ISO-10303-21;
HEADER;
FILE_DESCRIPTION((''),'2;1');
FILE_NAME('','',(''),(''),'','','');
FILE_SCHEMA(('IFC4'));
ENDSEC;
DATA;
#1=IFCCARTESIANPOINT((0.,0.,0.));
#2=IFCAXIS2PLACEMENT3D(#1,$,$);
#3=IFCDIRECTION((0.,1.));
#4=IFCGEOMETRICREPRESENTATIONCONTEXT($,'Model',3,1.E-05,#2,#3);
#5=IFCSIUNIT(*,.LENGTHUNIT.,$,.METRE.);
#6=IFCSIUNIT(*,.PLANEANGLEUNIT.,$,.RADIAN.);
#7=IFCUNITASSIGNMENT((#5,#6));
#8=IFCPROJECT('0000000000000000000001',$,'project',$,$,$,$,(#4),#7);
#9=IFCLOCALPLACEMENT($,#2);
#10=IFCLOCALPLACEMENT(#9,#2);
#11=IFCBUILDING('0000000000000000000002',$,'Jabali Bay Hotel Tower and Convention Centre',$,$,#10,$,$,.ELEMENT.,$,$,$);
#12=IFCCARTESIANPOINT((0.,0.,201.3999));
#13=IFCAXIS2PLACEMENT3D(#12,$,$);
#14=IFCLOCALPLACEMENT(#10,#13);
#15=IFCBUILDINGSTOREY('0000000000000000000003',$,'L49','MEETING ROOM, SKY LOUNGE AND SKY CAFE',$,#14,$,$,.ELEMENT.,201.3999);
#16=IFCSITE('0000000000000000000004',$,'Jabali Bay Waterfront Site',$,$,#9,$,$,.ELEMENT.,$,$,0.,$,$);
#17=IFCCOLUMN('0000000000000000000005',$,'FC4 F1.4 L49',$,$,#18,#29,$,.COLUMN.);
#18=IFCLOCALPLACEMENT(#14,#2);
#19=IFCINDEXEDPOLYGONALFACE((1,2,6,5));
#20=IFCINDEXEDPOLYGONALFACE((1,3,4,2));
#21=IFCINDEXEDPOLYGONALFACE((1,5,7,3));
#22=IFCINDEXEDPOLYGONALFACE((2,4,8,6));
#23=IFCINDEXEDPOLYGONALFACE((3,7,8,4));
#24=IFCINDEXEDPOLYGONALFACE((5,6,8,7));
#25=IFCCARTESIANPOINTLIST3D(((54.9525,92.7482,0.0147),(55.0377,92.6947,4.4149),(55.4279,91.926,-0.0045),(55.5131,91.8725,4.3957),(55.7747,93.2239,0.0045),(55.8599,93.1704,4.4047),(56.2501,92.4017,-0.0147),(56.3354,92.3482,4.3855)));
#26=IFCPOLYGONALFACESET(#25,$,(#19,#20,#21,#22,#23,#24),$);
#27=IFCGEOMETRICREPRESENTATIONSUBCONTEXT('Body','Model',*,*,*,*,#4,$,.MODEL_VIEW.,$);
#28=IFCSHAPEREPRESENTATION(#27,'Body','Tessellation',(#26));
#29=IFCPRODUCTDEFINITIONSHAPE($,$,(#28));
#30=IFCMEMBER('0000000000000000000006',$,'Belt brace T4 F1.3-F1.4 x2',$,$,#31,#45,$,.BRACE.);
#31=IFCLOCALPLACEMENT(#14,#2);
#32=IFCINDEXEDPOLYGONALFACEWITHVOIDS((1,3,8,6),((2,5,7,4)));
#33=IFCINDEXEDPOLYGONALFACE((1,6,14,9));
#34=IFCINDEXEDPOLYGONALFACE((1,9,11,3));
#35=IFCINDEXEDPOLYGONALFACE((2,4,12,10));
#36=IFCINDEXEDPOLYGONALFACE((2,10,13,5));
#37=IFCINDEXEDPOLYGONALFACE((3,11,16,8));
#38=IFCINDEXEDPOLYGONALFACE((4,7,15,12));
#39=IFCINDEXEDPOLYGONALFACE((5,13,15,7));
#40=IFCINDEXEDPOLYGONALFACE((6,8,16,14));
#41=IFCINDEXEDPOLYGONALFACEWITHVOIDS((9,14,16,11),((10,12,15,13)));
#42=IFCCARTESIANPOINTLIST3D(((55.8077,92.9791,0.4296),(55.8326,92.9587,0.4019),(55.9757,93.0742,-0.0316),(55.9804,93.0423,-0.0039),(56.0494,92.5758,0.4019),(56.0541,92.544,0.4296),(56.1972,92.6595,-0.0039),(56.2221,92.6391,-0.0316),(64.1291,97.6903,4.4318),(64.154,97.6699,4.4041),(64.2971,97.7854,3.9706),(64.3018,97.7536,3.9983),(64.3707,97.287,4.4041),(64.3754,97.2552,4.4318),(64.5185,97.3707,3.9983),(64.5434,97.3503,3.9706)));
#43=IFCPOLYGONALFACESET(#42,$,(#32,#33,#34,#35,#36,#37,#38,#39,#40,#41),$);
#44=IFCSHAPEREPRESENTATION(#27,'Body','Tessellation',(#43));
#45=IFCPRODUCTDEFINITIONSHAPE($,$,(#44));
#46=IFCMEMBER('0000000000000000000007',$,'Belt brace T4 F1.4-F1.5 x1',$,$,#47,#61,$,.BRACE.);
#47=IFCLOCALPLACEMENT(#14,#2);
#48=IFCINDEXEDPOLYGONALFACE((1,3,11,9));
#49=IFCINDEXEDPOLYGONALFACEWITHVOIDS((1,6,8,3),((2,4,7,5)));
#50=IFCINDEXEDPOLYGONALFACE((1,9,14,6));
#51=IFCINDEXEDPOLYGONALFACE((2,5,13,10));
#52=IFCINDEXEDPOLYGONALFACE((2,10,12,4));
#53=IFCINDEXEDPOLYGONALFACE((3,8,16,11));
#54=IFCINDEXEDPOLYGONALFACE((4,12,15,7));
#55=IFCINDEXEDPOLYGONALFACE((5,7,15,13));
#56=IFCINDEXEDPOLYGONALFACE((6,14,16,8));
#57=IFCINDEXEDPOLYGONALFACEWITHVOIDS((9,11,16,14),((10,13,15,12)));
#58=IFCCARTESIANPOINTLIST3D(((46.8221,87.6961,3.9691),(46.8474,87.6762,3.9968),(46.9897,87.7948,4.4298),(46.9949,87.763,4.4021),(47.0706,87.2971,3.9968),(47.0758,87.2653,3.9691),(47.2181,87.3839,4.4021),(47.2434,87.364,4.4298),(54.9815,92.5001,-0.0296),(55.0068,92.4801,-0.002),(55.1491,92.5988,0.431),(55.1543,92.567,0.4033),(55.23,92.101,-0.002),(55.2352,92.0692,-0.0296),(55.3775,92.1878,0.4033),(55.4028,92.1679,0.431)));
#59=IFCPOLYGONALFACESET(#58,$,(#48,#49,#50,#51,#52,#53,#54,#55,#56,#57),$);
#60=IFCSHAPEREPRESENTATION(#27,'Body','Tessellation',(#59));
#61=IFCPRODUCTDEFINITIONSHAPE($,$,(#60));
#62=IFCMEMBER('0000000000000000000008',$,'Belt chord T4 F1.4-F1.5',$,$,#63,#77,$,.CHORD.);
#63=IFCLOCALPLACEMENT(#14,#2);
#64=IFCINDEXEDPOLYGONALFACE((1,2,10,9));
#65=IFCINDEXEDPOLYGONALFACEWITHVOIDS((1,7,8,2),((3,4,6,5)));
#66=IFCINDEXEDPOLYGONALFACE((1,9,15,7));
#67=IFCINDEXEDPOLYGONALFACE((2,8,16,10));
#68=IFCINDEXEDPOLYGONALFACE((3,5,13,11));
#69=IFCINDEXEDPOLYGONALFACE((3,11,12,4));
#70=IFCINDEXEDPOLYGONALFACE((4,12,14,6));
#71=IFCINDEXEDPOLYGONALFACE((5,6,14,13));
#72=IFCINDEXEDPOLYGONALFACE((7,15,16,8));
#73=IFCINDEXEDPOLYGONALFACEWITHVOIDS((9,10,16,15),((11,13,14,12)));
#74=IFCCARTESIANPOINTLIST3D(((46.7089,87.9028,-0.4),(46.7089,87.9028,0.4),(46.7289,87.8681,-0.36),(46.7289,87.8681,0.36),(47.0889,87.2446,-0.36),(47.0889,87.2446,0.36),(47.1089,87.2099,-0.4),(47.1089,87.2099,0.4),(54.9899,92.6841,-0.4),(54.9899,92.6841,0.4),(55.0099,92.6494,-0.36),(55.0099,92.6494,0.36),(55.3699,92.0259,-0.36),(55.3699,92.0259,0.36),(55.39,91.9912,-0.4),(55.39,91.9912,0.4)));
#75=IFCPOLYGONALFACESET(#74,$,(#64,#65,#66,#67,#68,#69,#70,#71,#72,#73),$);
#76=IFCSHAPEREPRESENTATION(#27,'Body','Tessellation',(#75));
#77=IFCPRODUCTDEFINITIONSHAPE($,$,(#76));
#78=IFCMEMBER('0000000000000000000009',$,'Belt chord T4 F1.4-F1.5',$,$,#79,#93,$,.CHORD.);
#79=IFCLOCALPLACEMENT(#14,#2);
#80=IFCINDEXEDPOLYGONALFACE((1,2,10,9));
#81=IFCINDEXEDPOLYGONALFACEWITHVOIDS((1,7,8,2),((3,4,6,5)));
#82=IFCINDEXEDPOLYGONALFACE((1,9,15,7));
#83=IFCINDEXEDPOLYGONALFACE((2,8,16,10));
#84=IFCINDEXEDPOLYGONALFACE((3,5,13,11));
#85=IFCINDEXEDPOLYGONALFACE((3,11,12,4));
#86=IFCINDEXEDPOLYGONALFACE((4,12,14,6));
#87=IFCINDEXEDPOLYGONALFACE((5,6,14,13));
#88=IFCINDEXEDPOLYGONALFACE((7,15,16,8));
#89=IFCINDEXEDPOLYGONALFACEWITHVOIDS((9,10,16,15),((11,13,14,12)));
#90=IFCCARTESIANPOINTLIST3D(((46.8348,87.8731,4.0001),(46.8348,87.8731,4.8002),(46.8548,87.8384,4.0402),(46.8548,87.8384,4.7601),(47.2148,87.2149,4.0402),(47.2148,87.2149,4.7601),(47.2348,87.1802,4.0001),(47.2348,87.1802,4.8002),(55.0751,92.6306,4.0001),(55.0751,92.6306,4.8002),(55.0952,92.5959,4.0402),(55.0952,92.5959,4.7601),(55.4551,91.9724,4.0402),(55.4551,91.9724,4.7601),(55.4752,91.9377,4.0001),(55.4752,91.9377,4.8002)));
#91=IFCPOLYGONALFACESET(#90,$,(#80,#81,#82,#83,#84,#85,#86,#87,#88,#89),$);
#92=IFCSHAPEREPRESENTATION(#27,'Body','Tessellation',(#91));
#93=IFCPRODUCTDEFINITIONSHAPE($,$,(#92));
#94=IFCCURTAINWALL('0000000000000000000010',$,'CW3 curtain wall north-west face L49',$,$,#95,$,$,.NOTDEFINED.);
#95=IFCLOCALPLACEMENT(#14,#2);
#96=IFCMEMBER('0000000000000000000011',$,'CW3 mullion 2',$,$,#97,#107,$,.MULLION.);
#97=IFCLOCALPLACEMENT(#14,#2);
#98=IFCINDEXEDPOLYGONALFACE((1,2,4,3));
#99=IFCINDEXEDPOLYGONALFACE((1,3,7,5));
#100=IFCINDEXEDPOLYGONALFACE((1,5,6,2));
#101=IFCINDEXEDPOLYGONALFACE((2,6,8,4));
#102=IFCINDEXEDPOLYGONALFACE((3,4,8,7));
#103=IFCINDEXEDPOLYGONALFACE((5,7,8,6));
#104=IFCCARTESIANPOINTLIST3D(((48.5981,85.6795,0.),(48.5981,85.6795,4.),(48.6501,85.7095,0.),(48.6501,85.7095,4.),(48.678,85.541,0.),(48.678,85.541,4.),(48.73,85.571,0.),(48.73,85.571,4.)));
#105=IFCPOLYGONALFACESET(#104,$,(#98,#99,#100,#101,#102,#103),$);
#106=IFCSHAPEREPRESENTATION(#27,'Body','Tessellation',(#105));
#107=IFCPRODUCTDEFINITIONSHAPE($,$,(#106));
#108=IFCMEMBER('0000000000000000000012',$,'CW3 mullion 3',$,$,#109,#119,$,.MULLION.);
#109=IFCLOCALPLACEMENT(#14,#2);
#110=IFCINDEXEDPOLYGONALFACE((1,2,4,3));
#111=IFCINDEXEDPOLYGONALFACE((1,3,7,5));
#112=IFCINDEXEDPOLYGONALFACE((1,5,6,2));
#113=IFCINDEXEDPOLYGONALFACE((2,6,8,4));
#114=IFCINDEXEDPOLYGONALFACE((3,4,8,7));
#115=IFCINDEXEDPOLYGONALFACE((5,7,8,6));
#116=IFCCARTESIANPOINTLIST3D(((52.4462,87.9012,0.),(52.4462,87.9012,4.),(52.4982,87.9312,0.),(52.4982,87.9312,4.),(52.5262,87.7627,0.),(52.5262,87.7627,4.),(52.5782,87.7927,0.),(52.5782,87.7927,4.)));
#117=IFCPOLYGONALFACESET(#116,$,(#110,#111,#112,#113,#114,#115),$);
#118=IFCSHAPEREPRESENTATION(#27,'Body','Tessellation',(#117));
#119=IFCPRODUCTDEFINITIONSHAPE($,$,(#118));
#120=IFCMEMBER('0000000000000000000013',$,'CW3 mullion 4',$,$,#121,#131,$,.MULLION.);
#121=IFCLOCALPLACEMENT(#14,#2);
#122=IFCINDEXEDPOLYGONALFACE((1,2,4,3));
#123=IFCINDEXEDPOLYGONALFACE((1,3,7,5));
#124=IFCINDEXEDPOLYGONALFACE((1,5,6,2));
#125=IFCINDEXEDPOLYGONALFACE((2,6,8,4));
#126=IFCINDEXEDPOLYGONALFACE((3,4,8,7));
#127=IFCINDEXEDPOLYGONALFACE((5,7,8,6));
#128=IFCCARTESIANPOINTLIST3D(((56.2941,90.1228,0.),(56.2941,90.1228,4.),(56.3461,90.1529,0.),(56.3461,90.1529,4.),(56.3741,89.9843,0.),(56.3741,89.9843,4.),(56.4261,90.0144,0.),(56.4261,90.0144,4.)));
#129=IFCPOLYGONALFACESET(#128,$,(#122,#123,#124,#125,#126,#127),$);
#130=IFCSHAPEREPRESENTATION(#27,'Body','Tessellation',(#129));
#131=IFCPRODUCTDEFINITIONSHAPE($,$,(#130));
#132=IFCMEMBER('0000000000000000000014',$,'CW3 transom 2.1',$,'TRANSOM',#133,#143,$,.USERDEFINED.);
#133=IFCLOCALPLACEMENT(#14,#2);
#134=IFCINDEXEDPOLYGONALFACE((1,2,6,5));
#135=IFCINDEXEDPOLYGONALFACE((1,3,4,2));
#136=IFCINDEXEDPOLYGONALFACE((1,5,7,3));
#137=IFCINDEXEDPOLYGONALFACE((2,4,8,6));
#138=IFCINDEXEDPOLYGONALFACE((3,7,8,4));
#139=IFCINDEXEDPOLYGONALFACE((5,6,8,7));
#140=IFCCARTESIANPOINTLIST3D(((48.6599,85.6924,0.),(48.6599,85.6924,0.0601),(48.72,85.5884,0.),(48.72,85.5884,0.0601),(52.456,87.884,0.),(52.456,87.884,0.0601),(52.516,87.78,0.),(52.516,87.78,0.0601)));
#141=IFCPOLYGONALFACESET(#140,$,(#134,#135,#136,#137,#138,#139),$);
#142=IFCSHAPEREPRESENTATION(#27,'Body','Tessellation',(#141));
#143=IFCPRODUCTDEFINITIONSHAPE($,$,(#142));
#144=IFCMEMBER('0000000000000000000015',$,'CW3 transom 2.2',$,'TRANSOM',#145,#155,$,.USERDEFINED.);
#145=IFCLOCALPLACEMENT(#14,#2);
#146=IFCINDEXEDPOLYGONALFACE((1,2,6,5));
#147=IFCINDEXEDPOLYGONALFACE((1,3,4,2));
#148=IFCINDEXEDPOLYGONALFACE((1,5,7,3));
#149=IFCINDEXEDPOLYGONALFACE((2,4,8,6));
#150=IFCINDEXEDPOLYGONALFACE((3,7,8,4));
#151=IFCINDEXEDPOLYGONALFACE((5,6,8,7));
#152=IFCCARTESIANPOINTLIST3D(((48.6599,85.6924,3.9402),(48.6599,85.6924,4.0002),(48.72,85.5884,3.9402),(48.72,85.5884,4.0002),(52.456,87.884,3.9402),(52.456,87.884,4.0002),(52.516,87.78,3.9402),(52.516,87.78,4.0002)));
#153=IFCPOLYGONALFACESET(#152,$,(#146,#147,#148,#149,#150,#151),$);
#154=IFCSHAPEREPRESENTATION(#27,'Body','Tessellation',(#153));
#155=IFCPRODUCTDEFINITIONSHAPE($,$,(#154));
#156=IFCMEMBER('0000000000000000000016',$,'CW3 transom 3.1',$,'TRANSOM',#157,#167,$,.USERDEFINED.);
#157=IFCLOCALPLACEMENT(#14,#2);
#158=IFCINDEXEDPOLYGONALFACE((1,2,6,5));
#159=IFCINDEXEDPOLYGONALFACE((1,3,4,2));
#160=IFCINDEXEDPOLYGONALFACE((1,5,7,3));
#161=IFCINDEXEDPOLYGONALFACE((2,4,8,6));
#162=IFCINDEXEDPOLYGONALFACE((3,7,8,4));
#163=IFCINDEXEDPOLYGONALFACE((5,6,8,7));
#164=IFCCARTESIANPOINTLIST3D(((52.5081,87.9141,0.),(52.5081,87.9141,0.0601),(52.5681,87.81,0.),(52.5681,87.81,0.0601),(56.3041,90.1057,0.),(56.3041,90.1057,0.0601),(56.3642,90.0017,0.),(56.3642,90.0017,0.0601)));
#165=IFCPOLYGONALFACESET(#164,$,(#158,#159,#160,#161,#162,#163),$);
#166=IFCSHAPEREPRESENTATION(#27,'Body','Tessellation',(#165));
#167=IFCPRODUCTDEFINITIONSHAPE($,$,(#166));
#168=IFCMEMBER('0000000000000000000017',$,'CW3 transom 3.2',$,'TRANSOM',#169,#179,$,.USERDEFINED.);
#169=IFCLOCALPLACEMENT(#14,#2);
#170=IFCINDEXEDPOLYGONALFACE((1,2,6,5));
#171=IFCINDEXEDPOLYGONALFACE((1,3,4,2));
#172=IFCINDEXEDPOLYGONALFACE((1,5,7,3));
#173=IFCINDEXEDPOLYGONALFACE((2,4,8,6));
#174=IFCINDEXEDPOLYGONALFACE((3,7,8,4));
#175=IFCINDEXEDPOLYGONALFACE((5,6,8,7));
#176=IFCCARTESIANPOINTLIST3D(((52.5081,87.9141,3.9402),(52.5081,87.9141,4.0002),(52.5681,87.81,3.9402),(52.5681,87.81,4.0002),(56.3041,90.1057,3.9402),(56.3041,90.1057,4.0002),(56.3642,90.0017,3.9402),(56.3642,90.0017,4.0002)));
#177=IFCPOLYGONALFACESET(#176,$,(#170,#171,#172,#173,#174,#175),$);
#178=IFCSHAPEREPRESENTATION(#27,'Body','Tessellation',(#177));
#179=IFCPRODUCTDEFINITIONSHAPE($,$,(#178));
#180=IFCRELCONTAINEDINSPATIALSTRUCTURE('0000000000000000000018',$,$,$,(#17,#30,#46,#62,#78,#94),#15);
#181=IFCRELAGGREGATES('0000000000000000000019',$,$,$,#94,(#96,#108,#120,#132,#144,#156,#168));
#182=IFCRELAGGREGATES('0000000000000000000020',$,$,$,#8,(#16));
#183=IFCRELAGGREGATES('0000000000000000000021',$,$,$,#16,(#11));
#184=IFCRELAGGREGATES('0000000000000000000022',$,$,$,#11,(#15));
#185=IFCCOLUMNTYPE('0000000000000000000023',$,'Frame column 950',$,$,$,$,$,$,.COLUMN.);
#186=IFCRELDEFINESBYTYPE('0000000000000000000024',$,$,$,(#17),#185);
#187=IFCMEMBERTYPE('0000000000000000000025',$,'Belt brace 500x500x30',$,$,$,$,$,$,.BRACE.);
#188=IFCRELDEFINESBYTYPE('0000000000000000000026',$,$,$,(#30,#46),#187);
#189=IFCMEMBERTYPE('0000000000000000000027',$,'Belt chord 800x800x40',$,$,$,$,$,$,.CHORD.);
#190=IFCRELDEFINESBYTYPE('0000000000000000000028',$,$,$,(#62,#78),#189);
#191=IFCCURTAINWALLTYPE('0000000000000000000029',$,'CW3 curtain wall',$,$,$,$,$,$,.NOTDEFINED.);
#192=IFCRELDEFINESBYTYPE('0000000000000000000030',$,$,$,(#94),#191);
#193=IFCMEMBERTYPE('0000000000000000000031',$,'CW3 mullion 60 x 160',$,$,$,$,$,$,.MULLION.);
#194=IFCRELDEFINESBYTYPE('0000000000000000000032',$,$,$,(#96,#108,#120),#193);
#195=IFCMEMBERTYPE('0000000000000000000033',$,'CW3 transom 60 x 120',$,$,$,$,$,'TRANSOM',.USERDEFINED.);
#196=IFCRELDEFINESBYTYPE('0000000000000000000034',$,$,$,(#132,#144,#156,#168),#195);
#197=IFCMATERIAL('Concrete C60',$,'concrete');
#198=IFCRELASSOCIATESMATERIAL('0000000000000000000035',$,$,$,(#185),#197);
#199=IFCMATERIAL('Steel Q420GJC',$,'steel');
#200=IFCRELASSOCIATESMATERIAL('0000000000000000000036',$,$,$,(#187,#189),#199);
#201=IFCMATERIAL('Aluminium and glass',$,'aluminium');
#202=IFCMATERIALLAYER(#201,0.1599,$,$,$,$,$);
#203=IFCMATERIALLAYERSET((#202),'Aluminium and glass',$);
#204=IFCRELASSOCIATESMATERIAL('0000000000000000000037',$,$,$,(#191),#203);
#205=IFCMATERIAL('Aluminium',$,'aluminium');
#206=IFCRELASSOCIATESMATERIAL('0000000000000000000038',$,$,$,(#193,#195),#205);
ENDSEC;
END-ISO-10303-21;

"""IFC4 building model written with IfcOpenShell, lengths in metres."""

from ifc_helpers import new_model, si_unit, direction, frame, origin, origin_2d, place, context, subcontext, project, spatial, rectangle, hollow_rectangle, extrude, material, layer, layer_set, material_profile, profile_set, type_object, element, aggregate, save


model = new_model("IFC4")

# Units and contexts
model_context = context("Model", 3, precision=1e-05, world=origin(), true_north=direction((0.0, 1.0)))
body_context = subcontext(model_context, "Body", "Model", "MODEL_VIEW")
ifc_project = project(units=[si_unit("LENGTHUNIT", "METRE"), si_unit("PLANEANGLEUNIT", "RADIAN")], contexts=[model_context])

# Site, building, storey
site_placement = place(None, origin())
site = spatial("IfcSite", under=ifc_project, at=site_placement, Name="Jabali Bay Waterfront Site", CompositionType="ELEMENT", RefElevation=0.0)
building_placement = place(site_placement, origin())
building = spatial("IfcBuilding", under=site, at=building_placement, Name="Jabali Bay Hotel Tower and Convention Centre", CompositionType="ELEMENT")
storey_placement = place(building_placement, frame((0.0, 0.0, 201.3999)))
storey = spatial("IfcBuildingStorey", under=building, at=storey_placement, Name="L49", Description="MEETING ROOM, SKY LOUNGE AND SKY CAFE", CompositionType="ELEMENT", Elevation=201.3999)

# Column
ifc_material_1 = material(Name="Concrete C60", Category="concrete")
ifc_material_profile_1 = material_profile(ifc_material_1, rectangle(XDim=0.95, YDim=0.95, at=origin_2d()), Name="Frame column 950")
ifc_profile_set_1 = profile_set([ifc_material_profile_1], Name="Concrete C60")
column_type = type_object("IfcColumnType", Name="Frame column 950", PredefinedType="COLUMN", material=ifc_profile_set_1)
column_placement = place(storey_placement, frame((55.6013, 92.575, 0.0), z_axis=(0.019359, -0.012148, 0.999739), x_axis=(-0.500498, 0.865502, 0.020209)))
element("IfcColumn", 1, at=column_placement, inside=storey, type_object=column_type, Name="FC4 F1.4 L49", PredefinedType="COLUMN", context=body_context, shape_type="SweptSolid", body=[
    extrude(rectangle(XDim=0.95, YDim=0.95, at=origin_2d()), origin(), (0.0, 0.0, 1.0), 4.4014),
])

# Members
ifc_material_2 = material(Name="Steel Q420GJC", Category="steel")
ifc_material_profile_2 = material_profile(ifc_material_2, hollow_rectangle(XDim=0.5, YDim=0.5, WallThickness=0.03, at=origin_2d()), Name="Belt brace 500x500x30")
ifc_profile_set_2 = profile_set([ifc_material_profile_2], Name="Steel Q420GJC")
member_type_1 = type_object("IfcMemberType", Name="Belt brace 500x500x30", PredefinedType="BRACE", material=ifc_profile_set_2)
member_1_placement = place(storey_placement, frame((56.0149, 92.8091, 0.199), z_axis=(0.802738, 0.454478, 0.386084), x_axis=(-0.492679, 0.870211, 0.0)))
element("IfcMember", 2, at=member_1_placement, inside=storey, type_object=member_type_1, Name="Belt brace T4 F1.3-F1.4 x2", PredefinedType="BRACE", context=body_context, shape_type="SweptSolid", body=[
    extrude(hollow_rectangle(XDim=0.5, YDim=0.5, WallThickness=0.03, at=origin_2d()), origin(), (0.0, 0.0, 1.0), 10.3662),
])
member_2_placement = place(storey_placement, frame((55.1921, 92.334, 0.2007), z_axis=(-0.793846, -0.467386, 0.389049), x_axis=(0.507357, -0.861736, 0.0)))
element("IfcMember", 3, at=member_2_placement, inside=storey, type_object=member_type_1, Name="Belt brace T4 F1.4-F1.5 x1", PredefinedType="BRACE", context=body_context, shape_type="SweptSolid", body=[
    extrude(hollow_rectangle(XDim=0.5, YDim=0.5, WallThickness=0.03, at=origin_2d()), origin(), (0.0, 0.0, 1.0), 10.2783),
])
ifc_material_profile_3 = material_profile(ifc_material_2, hollow_rectangle(XDim=0.8, YDim=0.8, WallThickness=0.04, at=origin_2d()), Name="Belt chord 800x800x40")
ifc_profile_set_3 = profile_set([ifc_material_profile_3], Name="Steel Q420GJC")
member_type_2 = type_object("IfcMemberType", Name="Belt chord 800x800x40", PredefinedType="CHORD", material=ifc_profile_set_3)
member_3_placement = place(storey_placement, frame((55.1899, 92.3376, 0.0), z_axis=(-0.866016, -0.500016, 0.0), x_axis=(0.500016, -0.866016, 0.0)))
element("IfcMember", 4, at=member_3_placement, inside=storey, type_object=member_type_2, Name="Belt chord T4 F1.4-F1.5", PredefinedType="CHORD", context=body_context, shape_type="SweptSolid", body=[
    extrude(hollow_rectangle(XDim=0.8, YDim=0.8, WallThickness=0.04, at=origin_2d()), origin(), (0.0, 0.0, 1.0), 9.5623),
])
member_4_placement = place(storey_placement, frame((55.2751, 92.2842, 4.4001), z_axis=(-0.866029, -0.499994, 0.0), x_axis=(0.499994, -0.866029, 0.0)))
element("IfcMember", 5, at=member_4_placement, inside=storey, type_object=member_type_2, Name="Belt chord T4 F1.4-F1.5", PredefinedType="CHORD", context=body_context, shape_type="SweptSolid", body=[
    extrude(hollow_rectangle(XDim=0.8, YDim=0.8, WallThickness=0.04, at=origin_2d()), origin(), (0.0, 0.0, 1.0), 9.5151),
])

# Curtain wall, members
ifc_material_3 = material(Name="Aluminium and glass", Category="aluminium")
ifc_layer_1 = layer(ifc_material_3, 0.1599)
ifc_layer_set_1 = layer_set([ifc_layer_1], Name="Aluminium and glass")
curtain_wall_type = type_object("IfcCurtainWallType", Name="CW3 curtain wall", PredefinedType="NOTDEFINED", material=ifc_layer_set_1)
curtain_wall_placement = place(storey_placement, origin())
curtain_wall = element("IfcCurtainWall", 6, at=curtain_wall_placement, inside=storey, type_object=curtain_wall_type, Name="CW3 curtain wall north-west face L49", PredefinedType="NOTDEFINED")
ifc_material_4 = material(Name="Aluminium", Category="aluminium")
ifc_material_profile_4 = material_profile(ifc_material_4, rectangle(XDim=0.1599, YDim=0.0601, at=origin_2d()), Name="CW3 mullion 60 x 160")
ifc_profile_set_4 = profile_set([ifc_material_profile_4], Name="Aluminium")
member_type_3 = type_object("IfcMemberType", Name="CW3 mullion 60 x 160", PredefinedType="MULLION", material=ifc_profile_set_4)
member_5_placement = place(storey_placement, frame((48.6641, 85.6252, 0.0), z_axis=(0.0, 0.0, 1.0), x_axis=(-0.5, 0.866025, 0.0)))
member_5 = element("IfcMember", 7, at=member_5_placement, type_object=member_type_3, Name="CW3 mullion 2", PredefinedType="MULLION", context=body_context, shape_type="SweptSolid", body=[
    extrude(rectangle(XDim=0.1599, YDim=0.0601, at=origin_2d()), origin(), (0.0, 0.0, 1.0), 4.0),
])
member_6_placement = place(storey_placement, frame((52.5122, 87.8469, 0.0), z_axis=(0.0, 0.0, 1.0), x_axis=(-0.5, 0.866025, 0.0)))
member_6 = element("IfcMember", 8, at=member_6_placement, type_object=member_type_3, Name="CW3 mullion 3", PredefinedType="MULLION", context=body_context, shape_type="SweptSolid", body=[
    extrude(rectangle(XDim=0.1599, YDim=0.0601, at=origin_2d()), origin(), (0.0, 0.0, 1.0), 4.0),
])
member_7_placement = place(storey_placement, frame((56.3601, 90.0686, 0.0), z_axis=(0.0, 0.0, 1.0), x_axis=(-0.5, 0.866025, 0.0)))
member_7 = element("IfcMember", 9, at=member_7_placement, type_object=member_type_3, Name="CW3 mullion 4", PredefinedType="MULLION", context=body_context, shape_type="SweptSolid", body=[
    extrude(rectangle(XDim=0.1599, YDim=0.0601, at=origin_2d()), origin(), (0.0, 0.0, 1.0), 4.0),
])
ifc_material_profile_5 = material_profile(ifc_material_4, rectangle(XDim=0.1201, YDim=0.0601, at=origin_2d()), Name="CW3 transom 60 x 120")
ifc_profile_set_5 = profile_set([ifc_material_profile_5], Name="Aluminium")
member_type_4 = type_object("IfcMemberType", Name="CW3 transom 60 x 120", ElementType="TRANSOM", PredefinedType="USERDEFINED", material=ifc_profile_set_5)
member_8_placement = place(storey_placement, frame((48.6899, 85.6404, 0.03), z_axis=(0.866031, 0.499991, 0.0), x_axis=(-0.499991, 0.866031, 0.0)))
member_8 = element("IfcMember", 10, at=member_8_placement, type_object=member_type_4, Name="CW3 transom 2.1", ObjectType="TRANSOM", PredefinedType="USERDEFINED", context=body_context, shape_type="SweptSolid", body=[
    extrude(rectangle(XDim=0.1201, YDim=0.0601, at=origin_2d()), origin(), (0.0, 0.0, 1.0), 4.3833),
])
member_9_placement = place(storey_placement, frame((48.6899, 85.6404, 3.9702), z_axis=(0.866031, 0.499991, 0.0), x_axis=(-0.499991, 0.866031, 0.0)))
member_9 = element("IfcMember", 11, at=member_9_placement, type_object=member_type_4, Name="CW3 transom 2.2", ObjectType="TRANSOM", PredefinedType="USERDEFINED", context=body_context, shape_type="SweptSolid", body=[
    extrude(rectangle(XDim=0.1201, YDim=0.0601, at=origin_2d()), origin(), (0.0, 0.0, 1.0), 4.3833),
])
member_10_placement = place(storey_placement, frame((52.5381, 87.8621, 0.03), z_axis=(0.866031, 0.499991, 0.0), x_axis=(-0.499991, 0.866031, 0.0)))
member_10 = element("IfcMember", 12, at=member_10_placement, type_object=member_type_4, Name="CW3 transom 3.1", ObjectType="TRANSOM", PredefinedType="USERDEFINED", context=body_context, shape_type="SweptSolid", body=[
    extrude(rectangle(XDim=0.1201, YDim=0.0601, at=origin_2d()), origin(), (0.0, 0.0, 1.0), 4.3833),
])
member_11_placement = place(storey_placement, frame((52.5381, 87.8621, 3.9702), z_axis=(0.866031, 0.499991, 0.0), x_axis=(-0.499991, 0.866031, 0.0)))
member_11 = element("IfcMember", 13, at=member_11_placement, type_object=member_type_4, Name="CW3 transom 3.2", ObjectType="TRANSOM", PredefinedType="USERDEFINED", context=body_context, shape_type="SweptSolid", body=[
    extrude(rectangle(XDim=0.1201, YDim=0.0601, at=origin_2d()), origin(), (0.0, 0.0, 1.0), 4.3833),
])

aggregate(curtain_wall, [member_5, member_6, member_7, member_8, member_9, member_10, member_11])

save(model, "model.ifc")
